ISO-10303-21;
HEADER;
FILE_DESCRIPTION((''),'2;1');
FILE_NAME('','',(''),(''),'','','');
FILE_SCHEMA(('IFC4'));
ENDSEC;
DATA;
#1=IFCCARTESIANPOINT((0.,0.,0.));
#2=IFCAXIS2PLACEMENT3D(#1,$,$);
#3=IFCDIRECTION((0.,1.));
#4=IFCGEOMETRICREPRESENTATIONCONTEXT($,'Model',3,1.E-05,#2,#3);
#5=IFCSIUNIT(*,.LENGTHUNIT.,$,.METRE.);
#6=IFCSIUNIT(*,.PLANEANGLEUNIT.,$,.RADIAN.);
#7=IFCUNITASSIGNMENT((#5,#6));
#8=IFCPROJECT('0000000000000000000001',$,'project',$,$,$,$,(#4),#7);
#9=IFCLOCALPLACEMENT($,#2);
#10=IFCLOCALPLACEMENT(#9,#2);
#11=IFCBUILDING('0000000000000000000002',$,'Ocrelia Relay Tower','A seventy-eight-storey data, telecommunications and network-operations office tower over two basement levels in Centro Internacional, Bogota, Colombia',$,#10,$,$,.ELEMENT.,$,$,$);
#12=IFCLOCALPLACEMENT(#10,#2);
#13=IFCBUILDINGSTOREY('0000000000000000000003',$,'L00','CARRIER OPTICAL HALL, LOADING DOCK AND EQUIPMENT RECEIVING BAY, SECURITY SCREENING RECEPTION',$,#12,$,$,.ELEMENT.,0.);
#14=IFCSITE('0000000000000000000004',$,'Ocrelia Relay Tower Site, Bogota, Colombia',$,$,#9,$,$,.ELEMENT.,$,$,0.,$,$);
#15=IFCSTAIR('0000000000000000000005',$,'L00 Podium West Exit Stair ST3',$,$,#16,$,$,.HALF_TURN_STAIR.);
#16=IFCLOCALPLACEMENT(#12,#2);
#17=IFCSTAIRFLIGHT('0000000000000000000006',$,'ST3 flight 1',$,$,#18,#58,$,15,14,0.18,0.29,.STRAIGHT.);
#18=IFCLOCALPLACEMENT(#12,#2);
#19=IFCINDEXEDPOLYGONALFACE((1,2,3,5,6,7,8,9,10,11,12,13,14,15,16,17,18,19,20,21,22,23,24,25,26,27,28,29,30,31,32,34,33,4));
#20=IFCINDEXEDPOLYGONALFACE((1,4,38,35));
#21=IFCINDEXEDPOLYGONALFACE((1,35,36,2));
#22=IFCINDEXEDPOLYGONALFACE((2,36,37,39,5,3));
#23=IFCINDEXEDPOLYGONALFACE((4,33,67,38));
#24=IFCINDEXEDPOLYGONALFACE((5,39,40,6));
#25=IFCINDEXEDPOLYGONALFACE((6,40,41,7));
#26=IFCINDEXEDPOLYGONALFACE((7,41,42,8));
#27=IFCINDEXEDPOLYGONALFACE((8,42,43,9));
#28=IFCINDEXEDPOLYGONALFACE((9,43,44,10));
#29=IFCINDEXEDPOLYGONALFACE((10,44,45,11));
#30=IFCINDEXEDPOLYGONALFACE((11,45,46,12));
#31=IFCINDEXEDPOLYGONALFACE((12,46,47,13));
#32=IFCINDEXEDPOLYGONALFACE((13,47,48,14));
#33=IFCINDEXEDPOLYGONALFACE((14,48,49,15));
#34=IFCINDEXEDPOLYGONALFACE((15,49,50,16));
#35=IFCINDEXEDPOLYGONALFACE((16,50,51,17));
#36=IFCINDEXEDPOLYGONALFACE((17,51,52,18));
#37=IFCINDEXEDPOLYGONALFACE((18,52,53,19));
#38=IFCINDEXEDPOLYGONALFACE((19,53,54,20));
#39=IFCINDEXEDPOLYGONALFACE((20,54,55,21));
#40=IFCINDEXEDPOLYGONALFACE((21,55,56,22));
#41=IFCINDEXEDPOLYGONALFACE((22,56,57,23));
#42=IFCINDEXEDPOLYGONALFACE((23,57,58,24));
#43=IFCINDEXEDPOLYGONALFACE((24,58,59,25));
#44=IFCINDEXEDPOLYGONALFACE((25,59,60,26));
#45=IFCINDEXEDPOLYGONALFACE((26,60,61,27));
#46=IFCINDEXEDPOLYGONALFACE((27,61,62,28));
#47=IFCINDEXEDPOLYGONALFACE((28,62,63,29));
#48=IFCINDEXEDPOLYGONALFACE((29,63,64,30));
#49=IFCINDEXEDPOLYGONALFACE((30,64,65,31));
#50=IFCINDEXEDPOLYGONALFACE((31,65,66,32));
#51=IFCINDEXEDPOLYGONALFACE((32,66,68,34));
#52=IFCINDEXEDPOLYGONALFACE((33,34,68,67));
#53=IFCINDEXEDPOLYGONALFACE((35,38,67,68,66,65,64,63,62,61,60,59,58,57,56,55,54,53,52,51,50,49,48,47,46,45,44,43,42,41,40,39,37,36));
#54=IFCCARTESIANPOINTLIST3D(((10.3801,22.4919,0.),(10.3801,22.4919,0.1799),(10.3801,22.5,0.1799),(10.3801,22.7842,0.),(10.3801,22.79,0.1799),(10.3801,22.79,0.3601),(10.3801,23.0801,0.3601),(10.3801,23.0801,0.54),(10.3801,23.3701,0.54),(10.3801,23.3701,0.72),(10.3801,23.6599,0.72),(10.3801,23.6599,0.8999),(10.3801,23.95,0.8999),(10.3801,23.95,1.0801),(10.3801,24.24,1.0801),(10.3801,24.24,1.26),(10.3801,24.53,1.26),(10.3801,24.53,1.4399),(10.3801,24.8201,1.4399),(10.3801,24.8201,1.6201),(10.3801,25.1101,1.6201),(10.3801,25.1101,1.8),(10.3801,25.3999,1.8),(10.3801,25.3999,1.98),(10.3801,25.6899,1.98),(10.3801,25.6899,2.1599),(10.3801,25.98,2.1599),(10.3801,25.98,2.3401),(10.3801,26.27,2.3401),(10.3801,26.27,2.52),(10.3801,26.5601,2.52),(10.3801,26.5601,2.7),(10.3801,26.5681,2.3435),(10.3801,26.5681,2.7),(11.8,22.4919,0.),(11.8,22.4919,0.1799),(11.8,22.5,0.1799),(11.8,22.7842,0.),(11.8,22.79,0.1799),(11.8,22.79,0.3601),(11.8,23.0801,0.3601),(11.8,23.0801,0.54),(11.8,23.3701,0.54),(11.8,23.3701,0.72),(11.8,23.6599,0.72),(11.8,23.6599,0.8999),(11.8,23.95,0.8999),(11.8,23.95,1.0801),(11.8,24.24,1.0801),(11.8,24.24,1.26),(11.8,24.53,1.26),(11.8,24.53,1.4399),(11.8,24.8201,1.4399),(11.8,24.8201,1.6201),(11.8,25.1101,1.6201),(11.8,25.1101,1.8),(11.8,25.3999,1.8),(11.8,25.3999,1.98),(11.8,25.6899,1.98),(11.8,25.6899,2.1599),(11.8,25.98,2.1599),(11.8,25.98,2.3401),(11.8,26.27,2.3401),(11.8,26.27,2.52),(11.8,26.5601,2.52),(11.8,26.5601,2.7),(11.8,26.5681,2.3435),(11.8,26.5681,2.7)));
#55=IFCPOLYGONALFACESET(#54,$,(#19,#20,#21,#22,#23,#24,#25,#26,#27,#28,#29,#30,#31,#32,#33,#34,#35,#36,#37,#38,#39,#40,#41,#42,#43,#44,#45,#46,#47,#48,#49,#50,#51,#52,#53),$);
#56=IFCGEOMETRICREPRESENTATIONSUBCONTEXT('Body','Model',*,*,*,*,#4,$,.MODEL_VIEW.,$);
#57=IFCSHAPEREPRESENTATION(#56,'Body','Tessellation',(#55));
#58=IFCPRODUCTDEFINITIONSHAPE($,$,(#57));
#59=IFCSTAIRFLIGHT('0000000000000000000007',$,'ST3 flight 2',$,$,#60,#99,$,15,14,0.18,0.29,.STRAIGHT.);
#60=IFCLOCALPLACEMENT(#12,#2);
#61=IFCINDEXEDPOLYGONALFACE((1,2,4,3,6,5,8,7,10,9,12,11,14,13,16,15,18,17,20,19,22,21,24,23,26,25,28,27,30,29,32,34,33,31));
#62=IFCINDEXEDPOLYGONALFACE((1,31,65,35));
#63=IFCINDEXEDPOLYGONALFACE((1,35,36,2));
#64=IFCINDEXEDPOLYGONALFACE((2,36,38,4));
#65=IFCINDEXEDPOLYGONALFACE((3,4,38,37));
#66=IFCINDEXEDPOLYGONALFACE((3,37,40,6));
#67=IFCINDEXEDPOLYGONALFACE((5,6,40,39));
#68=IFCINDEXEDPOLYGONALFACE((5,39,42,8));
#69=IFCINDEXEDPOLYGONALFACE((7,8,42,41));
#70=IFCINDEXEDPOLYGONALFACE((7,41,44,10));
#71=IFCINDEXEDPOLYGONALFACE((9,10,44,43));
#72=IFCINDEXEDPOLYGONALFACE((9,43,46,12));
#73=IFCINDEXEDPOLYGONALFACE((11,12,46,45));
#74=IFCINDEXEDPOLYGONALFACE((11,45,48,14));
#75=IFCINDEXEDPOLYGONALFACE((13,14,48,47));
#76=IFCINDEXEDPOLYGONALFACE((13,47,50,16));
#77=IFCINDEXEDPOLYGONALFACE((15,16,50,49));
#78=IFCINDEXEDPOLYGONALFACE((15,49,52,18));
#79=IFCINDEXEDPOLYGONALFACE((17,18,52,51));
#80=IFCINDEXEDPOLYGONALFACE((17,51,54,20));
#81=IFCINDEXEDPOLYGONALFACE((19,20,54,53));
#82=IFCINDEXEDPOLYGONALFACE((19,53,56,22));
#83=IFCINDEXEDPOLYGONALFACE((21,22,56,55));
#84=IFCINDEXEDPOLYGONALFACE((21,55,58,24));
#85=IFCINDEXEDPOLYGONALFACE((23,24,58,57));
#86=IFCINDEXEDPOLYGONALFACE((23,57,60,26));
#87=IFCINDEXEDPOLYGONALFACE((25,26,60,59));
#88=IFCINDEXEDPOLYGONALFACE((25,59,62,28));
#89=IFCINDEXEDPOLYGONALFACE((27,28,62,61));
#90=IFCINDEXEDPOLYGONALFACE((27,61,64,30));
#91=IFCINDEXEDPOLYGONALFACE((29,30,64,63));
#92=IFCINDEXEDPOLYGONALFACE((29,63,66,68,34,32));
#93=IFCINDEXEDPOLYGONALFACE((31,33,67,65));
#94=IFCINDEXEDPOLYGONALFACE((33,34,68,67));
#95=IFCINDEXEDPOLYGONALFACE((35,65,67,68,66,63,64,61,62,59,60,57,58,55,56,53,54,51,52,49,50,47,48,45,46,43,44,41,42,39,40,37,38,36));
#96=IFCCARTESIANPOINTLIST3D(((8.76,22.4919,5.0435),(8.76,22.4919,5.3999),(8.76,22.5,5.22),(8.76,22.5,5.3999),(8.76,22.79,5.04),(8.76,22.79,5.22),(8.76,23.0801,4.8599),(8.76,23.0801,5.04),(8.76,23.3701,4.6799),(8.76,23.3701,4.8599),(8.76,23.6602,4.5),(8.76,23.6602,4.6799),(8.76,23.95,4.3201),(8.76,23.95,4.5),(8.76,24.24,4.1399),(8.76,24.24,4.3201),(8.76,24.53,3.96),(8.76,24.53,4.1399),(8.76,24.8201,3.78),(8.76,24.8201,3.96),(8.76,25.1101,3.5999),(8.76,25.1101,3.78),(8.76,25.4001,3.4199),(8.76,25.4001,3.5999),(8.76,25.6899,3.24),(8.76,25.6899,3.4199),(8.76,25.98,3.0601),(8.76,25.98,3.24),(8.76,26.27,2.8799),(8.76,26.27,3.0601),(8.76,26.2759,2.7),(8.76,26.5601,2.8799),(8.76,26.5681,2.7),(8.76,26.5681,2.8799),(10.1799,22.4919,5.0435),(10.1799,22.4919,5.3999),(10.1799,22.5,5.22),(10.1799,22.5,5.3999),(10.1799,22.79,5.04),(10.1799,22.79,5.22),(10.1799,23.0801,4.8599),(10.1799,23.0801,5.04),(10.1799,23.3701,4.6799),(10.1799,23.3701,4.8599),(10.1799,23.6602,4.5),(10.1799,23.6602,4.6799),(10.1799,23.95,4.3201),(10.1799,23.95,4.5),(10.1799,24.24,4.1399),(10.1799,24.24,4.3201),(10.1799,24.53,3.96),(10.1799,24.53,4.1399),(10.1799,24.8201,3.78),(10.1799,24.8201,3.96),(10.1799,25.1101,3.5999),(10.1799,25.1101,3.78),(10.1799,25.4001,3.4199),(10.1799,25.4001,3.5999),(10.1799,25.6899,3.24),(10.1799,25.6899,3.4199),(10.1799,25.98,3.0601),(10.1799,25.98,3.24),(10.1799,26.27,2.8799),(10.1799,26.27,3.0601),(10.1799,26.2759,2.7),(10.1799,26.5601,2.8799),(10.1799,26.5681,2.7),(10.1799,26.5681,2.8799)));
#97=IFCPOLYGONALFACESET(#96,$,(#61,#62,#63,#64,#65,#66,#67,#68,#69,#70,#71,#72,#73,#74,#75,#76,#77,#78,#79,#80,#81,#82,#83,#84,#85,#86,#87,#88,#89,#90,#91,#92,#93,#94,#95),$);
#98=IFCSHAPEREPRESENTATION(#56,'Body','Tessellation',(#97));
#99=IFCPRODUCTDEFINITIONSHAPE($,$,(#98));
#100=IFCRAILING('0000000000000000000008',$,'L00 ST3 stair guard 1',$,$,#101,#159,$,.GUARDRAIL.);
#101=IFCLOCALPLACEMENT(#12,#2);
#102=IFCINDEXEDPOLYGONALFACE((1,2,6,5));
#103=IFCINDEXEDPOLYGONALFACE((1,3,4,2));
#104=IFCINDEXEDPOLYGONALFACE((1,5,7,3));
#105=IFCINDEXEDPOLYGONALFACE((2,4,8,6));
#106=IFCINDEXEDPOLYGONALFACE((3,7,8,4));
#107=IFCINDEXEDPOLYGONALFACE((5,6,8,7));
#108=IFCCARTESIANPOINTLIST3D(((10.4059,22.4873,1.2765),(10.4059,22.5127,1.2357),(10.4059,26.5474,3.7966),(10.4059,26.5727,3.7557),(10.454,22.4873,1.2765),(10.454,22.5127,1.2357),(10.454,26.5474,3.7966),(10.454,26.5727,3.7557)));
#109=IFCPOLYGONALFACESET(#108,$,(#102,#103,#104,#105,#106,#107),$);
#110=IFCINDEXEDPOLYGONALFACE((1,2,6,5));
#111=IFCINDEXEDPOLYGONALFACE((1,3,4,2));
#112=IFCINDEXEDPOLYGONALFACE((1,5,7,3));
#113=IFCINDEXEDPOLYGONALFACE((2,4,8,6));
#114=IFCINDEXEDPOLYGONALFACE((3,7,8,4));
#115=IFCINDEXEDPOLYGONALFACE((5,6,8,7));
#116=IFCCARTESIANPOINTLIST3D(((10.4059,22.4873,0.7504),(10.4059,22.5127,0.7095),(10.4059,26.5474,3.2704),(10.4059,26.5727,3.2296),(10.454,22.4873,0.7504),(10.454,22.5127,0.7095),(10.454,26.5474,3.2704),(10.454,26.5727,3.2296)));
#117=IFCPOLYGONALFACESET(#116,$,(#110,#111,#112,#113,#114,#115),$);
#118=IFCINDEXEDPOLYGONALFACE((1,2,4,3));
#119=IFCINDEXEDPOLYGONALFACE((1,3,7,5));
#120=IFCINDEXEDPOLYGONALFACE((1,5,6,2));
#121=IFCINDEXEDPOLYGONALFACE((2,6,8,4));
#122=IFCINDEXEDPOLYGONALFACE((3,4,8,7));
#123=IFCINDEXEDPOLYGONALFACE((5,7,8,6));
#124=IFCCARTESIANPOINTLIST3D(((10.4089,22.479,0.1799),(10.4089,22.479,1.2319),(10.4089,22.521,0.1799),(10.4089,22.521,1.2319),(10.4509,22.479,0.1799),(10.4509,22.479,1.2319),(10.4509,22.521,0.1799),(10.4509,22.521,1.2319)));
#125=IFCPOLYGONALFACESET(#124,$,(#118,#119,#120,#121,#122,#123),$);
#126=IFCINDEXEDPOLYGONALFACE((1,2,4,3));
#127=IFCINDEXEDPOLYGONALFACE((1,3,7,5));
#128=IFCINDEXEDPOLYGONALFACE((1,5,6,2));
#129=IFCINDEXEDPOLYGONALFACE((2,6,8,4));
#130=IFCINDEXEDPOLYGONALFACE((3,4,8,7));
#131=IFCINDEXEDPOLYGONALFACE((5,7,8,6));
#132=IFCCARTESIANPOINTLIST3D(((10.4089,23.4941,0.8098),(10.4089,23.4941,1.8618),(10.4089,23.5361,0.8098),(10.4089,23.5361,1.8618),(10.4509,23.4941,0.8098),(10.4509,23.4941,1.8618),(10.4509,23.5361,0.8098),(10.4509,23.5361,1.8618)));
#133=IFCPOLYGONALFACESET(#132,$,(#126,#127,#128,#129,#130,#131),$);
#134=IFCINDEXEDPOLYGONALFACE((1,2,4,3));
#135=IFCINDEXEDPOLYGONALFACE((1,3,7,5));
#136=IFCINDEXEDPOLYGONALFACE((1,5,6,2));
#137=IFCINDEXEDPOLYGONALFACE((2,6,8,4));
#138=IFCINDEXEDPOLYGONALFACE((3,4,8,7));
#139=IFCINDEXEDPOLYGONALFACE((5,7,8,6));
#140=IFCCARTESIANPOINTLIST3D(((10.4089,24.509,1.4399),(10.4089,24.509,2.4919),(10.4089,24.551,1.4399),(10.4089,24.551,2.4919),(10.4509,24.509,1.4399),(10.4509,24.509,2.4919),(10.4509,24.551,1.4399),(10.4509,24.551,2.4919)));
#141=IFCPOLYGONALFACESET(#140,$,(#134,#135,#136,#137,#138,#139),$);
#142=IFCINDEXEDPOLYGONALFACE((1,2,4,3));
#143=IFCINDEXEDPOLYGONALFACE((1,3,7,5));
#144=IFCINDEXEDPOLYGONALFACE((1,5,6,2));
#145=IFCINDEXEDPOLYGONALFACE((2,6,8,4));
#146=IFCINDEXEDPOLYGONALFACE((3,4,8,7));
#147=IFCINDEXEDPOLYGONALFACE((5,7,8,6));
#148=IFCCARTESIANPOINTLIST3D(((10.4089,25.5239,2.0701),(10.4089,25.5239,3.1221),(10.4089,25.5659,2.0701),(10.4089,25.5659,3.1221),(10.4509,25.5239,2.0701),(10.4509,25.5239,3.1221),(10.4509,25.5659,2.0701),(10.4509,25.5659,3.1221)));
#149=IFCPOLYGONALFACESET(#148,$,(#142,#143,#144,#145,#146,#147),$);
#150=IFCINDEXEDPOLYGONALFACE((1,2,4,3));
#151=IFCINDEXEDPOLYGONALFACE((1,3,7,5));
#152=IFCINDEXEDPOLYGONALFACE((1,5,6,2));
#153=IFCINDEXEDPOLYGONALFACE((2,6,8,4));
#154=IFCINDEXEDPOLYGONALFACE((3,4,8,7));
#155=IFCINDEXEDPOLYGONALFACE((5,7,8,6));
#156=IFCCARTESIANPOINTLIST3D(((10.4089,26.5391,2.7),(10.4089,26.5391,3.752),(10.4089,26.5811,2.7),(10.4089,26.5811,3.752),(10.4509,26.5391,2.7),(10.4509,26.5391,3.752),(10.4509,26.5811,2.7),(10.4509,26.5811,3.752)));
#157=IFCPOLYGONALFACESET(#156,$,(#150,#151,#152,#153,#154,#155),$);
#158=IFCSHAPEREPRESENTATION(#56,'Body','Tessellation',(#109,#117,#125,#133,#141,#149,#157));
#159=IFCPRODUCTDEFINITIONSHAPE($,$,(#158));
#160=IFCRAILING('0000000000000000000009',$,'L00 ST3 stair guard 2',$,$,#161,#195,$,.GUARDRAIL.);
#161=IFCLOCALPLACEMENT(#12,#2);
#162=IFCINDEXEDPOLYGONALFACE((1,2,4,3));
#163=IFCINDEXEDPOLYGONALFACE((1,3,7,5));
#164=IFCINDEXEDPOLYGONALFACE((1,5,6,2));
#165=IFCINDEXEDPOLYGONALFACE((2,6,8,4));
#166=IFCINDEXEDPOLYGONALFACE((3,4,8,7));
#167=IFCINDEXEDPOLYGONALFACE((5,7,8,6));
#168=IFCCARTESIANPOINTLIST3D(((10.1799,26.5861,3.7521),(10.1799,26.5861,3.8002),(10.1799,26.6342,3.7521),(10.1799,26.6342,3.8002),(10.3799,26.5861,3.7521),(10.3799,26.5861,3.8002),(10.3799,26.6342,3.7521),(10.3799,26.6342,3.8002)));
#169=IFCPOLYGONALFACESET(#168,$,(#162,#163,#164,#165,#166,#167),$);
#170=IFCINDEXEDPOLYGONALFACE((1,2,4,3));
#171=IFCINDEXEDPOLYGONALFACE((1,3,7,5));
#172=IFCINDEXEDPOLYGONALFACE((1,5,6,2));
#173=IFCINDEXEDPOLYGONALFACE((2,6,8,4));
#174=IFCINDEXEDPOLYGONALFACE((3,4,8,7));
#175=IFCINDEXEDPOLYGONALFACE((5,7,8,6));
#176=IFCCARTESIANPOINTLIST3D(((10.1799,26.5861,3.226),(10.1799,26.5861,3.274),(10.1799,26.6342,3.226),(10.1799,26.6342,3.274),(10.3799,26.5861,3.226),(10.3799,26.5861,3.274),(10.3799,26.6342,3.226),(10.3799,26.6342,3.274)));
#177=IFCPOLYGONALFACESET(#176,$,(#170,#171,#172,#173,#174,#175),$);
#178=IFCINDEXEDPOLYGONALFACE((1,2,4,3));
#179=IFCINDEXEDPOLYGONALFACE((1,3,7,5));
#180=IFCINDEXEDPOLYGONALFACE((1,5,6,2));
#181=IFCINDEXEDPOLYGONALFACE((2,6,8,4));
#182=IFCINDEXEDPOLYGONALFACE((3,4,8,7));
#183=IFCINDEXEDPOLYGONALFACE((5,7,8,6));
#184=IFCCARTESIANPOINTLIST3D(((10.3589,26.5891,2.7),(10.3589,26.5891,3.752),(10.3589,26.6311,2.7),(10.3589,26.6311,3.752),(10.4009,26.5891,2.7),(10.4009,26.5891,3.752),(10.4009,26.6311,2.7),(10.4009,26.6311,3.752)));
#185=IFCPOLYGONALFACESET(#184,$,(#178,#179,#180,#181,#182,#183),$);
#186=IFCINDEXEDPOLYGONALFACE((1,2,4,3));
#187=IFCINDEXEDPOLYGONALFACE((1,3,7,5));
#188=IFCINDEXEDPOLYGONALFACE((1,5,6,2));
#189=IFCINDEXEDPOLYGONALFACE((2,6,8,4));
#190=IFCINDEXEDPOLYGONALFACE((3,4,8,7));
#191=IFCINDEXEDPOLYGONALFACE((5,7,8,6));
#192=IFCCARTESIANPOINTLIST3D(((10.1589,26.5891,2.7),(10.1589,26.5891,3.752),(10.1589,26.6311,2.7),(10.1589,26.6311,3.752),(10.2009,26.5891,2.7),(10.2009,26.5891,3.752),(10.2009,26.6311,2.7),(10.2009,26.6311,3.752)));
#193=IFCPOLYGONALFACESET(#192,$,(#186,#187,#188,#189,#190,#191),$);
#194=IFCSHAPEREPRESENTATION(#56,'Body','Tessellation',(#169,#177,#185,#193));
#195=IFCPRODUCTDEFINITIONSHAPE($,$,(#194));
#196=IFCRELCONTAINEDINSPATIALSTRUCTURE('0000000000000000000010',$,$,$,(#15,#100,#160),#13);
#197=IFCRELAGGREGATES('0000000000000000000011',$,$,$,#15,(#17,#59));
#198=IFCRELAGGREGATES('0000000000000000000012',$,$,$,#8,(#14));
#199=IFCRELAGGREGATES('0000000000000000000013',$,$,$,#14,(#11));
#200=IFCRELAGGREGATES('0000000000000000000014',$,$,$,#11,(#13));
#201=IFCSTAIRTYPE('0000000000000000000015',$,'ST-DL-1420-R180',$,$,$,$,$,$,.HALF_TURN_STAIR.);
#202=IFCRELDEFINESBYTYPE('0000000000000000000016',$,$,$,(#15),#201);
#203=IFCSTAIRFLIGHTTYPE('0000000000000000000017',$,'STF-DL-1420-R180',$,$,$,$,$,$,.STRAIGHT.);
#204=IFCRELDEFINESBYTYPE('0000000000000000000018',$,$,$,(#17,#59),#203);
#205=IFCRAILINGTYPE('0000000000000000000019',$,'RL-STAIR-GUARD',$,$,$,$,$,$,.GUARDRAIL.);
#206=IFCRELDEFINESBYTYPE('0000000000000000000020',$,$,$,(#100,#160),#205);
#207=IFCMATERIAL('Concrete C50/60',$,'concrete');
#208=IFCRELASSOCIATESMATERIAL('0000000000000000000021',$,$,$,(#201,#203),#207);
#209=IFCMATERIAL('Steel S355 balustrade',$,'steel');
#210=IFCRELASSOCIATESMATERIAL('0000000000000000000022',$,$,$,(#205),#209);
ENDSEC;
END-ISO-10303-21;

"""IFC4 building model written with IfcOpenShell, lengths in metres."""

from ifc_helpers import new_model, si_unit, direction, frame, origin, origin_2d, place, context, subcontext, project, spatial, polyline, rectangle, outline, extrude, material, type_object, element, aggregate, save


model = new_model("IFC4")

# Units and contexts
model_context = context("Model", 3, precision=1e-05, world=origin(), true_north=direction((0.0, 1.0)))
body_context = subcontext(model_context, "Body", "Model", "MODEL_VIEW")
ifc_project = project(units=[si_unit("LENGTHUNIT", "METRE"), si_unit("PLANEANGLEUNIT", "RADIAN")], contexts=[model_context])

# Site, building, storey
site_placement = place(None, origin())
site = spatial("IfcSite", under=ifc_project, at=site_placement, Name="Ocrelia Relay Tower Site, Bogota, Colombia", CompositionType="ELEMENT", RefElevation=0.0)
building_placement = place(site_placement, origin())
building = spatial("IfcBuilding", under=site, at=building_placement, Name="Ocrelia Relay Tower", Description="A seventy-eight-storey data, telecommunications and network-operations office tower over two basement levels in Centro Internacional, Bogota, Colombia", CompositionType="ELEMENT")
storey_placement = place(building_placement, origin())
storey = spatial("IfcBuildingStorey", under=building, at=storey_placement, Name="L00", Description="CARRIER OPTICAL HALL, LOADING DOCK AND EQUIPMENT RECEIVING BAY, SECURITY SCREENING RECEPTION", CompositionType="ELEMENT", Elevation=0.0)

# Shared definitions
ifc_material_1 = material(Name="Concrete C50/60", Category="concrete")

# Stair, stair flights
stair_type = type_object("IfcStairType", Name="ST-DL-1420-R180", PredefinedType="HALF_TURN_STAIR", material=ifc_material_1)
stair_placement = place(storey_placement, origin())
stair = element("IfcStair", 1, at=stair_placement, inside=storey, type_object=stair_type, Name="L00 Podium West Exit Stair ST3", PredefinedType="HALF_TURN_STAIR")
stair_flight_type = type_object("IfcStairFlightType", Name="STF-DL-1420-R180", PredefinedType="STRAIGHT", material=ifc_material_1)
stair_flight_1_placement = place(storey_placement, frame((11.0901, 22.5, 0.0), z_axis=(0.0, 0.0, 1.0), x_axis=(0.0, 1.0, 0.0)))
stair_flight_1 = element("IfcStairFlight", 2, at=stair_flight_1_placement, type_object=stair_flight_type, Name="ST3 flight 1", NumberOfRisers=15, NumberOfTreads=14, PredefinedType="STRAIGHT", RiserHeight=0.18, TreadLength=0.29, context=body_context, shape_type="SweptSolid", body=[
    extrude(outline(polyline([(-0.0081, 0.0), (-0.0081, 0.1799), (0.0, 0.1799), (0.29, 0.1799), (0.29, 0.3601), (0.5801, 0.3601), (0.5801, 0.54), (0.8701, 0.54), (0.8701, 0.72), (1.1599, 0.72), (1.1599, 0.8999), (1.45, 0.8999), (1.45, 1.0801), (1.74, 1.0801), (1.74, 1.26), (2.03, 1.26), (2.03, 1.4399), (2.3201, 1.4399), (2.3201, 1.6201), (2.6101, 1.6201), (2.6101, 1.8), (2.8999, 1.8), (2.8999, 1.98), (3.1899, 1.98), (3.1899, 2.1599), (3.48, 2.1599), (3.48, 2.3401), (3.77, 2.3401), (3.77, 2.52), (4.0601, 2.52), (4.0601, 2.7), (4.0681, 2.7), (4.0681, 2.3435), (0.2842, 0.0), (-0.0081, 0.0)])), frame((0.0, 0.71, 0.0), z_axis=(0.0, -1.0, 0.0), x_axis=(1.0, 0.0, 0.0)), (0.0, 0.0, 1.0), 1.4199),
])
stair_flight_2_placement = place(storey_placement, frame((9.47, 26.5601, 2.7), z_axis=(0.0, 0.0, 1.0), x_axis=(0.0, -1.0, 0.0)))
stair_flight_2 = element("IfcStairFlight", 3, at=stair_flight_2_placement, type_object=stair_flight_type, Name="ST3 flight 2", NumberOfRisers=15, NumberOfTreads=14, PredefinedType="STRAIGHT", RiserHeight=0.18, TreadLength=0.29, context=body_context, shape_type="SweptSolid", body=[
    extrude(outline(polyline([(-0.0081, 0.0), (-0.0081, 0.1799), (0.0, 0.1799), (0.29, 0.1799), (0.29, 0.3601), (0.5801, 0.3601), (0.5801, 0.54), (0.8701, 0.54), (0.8701, 0.72), (1.1599, 0.72), (1.1599, 0.8999), (1.45, 0.8999), (1.45, 1.0801), (1.74, 1.0801), (1.74, 1.26), (2.03, 1.26), (2.03, 1.4399), (2.3201, 1.4399), (2.3201, 1.6201), (2.6101, 1.6201), (2.6101, 1.8), (2.8999, 1.8), (2.8999, 1.98), (3.1899, 1.98), (3.1899, 2.1599), (3.48, 2.1599), (3.48, 2.3401), (3.77, 2.3401), (3.77, 2.52), (4.0601, 2.52), (4.0601, 2.7), (4.0681, 2.7), (4.0681, 2.3435), (0.2842, 0.0), (-0.0081, 0.0)])), frame((0.0, 0.71, 0.0), z_axis=(0.0, -1.0, 0.0), x_axis=(1.0, 0.0, 0.0)), (0.0, 0.0, 1.0), 1.4199),
])
aggregate(stair, [stair_flight_1, stair_flight_2])

# Railings
ifc_material_2 = material(Name="Steel S355 balustrade", Category="steel")
railing_type_1 = type_object("IfcRailingType", Name="RL-STAIR-GUARD", PredefinedType="GUARDRAIL", material=ifc_material_2)
railing_1_placement = place(storey_placement, frame((10.4299, 22.5, 0.1799)))
element("IfcRailing", 4, at=railing_1_placement, inside=storey, type_object=railing_type_1, Name="L00 ST3 stair guard 1", PredefinedType="GUARDRAIL", context=body_context, shape_type="SweptSolid", body=[
    extrude(rectangle(XDim=0.0481, YDim=0.0481, at=origin_2d()), frame((0.0, 0.0, 1.0762), z_axis=(0.0, 0.849642, 0.52736), x_axis=(-1.0, 0.0, 0.0)), (0.0, 0.0, 1.0), 4.7786),
    extrude(rectangle(XDim=0.0481, YDim=0.0481, at=origin_2d()), frame((0.0, 0.0, 0.55), z_axis=(0.0, 0.849642, 0.52736), x_axis=(-1.0, 0.0, 0.0)), (0.0, 0.0, 1.0), 4.7786),
    extrude(rectangle(XDim=0.042, YDim=0.042, at=origin_2d()), origin(), (0.0, 0.0, 1.0), 1.052),
    extrude(rectangle(XDim=0.042, YDim=0.042, at=origin_2d()), frame((0.0, 1.0151, 0.6299)), (0.0, 0.0, 1.0), 1.052),
    extrude(rectangle(XDim=0.042, YDim=0.042, at=origin_2d()), frame((0.0, 2.03, 1.26)), (0.0, 0.0, 1.0), 1.052),
    extrude(rectangle(XDim=0.042, YDim=0.042, at=origin_2d()), frame((0.0, 3.0449, 1.8901)), (0.0, 0.0, 1.0), 1.052),
    extrude(rectangle(XDim=0.042, YDim=0.042, at=origin_2d()), frame((0.0, 4.0601, 2.52)), (0.0, 0.0, 1.0), 1.052),
])
railing_2_placement = place(storey_placement, frame((10.3799, 26.6101, 2.7)))
element("IfcRailing", 5, at=railing_2_placement, inside=storey, type_object=railing_type_1, Name="L00 ST3 stair guard 2", PredefinedType="GUARDRAIL", context=body_context, shape_type="SweptSolid", body=[
    extrude(rectangle(XDim=0.0481, YDim=0.0481, at=origin_2d()), frame((0.0, 0.0, 1.0762), z_axis=(-1.0, 0.0, 0.0), x_axis=(0.0, -1.0, 0.0)), (0.0, 0.0, 1.0), 0.2),
    extrude(rectangle(XDim=0.0481, YDim=0.0481, at=origin_2d()), frame((0.0, 0.0, 0.55), z_axis=(-1.0, 0.0, 0.0), x_axis=(0.0, -1.0, 0.0)), (0.0, 0.0, 1.0), 0.2),
    extrude(rectangle(XDim=0.042, YDim=0.042, at=origin_2d()), origin(), (0.0, 0.0, 1.0), 1.052),
    extrude(rectangle(XDim=0.042, YDim=0.042, at=origin_2d()), frame((-0.2, 0.0, 0.0)), (0.0, 0.0, 1.0), 1.052),
])

save(model, "model.ifc")
